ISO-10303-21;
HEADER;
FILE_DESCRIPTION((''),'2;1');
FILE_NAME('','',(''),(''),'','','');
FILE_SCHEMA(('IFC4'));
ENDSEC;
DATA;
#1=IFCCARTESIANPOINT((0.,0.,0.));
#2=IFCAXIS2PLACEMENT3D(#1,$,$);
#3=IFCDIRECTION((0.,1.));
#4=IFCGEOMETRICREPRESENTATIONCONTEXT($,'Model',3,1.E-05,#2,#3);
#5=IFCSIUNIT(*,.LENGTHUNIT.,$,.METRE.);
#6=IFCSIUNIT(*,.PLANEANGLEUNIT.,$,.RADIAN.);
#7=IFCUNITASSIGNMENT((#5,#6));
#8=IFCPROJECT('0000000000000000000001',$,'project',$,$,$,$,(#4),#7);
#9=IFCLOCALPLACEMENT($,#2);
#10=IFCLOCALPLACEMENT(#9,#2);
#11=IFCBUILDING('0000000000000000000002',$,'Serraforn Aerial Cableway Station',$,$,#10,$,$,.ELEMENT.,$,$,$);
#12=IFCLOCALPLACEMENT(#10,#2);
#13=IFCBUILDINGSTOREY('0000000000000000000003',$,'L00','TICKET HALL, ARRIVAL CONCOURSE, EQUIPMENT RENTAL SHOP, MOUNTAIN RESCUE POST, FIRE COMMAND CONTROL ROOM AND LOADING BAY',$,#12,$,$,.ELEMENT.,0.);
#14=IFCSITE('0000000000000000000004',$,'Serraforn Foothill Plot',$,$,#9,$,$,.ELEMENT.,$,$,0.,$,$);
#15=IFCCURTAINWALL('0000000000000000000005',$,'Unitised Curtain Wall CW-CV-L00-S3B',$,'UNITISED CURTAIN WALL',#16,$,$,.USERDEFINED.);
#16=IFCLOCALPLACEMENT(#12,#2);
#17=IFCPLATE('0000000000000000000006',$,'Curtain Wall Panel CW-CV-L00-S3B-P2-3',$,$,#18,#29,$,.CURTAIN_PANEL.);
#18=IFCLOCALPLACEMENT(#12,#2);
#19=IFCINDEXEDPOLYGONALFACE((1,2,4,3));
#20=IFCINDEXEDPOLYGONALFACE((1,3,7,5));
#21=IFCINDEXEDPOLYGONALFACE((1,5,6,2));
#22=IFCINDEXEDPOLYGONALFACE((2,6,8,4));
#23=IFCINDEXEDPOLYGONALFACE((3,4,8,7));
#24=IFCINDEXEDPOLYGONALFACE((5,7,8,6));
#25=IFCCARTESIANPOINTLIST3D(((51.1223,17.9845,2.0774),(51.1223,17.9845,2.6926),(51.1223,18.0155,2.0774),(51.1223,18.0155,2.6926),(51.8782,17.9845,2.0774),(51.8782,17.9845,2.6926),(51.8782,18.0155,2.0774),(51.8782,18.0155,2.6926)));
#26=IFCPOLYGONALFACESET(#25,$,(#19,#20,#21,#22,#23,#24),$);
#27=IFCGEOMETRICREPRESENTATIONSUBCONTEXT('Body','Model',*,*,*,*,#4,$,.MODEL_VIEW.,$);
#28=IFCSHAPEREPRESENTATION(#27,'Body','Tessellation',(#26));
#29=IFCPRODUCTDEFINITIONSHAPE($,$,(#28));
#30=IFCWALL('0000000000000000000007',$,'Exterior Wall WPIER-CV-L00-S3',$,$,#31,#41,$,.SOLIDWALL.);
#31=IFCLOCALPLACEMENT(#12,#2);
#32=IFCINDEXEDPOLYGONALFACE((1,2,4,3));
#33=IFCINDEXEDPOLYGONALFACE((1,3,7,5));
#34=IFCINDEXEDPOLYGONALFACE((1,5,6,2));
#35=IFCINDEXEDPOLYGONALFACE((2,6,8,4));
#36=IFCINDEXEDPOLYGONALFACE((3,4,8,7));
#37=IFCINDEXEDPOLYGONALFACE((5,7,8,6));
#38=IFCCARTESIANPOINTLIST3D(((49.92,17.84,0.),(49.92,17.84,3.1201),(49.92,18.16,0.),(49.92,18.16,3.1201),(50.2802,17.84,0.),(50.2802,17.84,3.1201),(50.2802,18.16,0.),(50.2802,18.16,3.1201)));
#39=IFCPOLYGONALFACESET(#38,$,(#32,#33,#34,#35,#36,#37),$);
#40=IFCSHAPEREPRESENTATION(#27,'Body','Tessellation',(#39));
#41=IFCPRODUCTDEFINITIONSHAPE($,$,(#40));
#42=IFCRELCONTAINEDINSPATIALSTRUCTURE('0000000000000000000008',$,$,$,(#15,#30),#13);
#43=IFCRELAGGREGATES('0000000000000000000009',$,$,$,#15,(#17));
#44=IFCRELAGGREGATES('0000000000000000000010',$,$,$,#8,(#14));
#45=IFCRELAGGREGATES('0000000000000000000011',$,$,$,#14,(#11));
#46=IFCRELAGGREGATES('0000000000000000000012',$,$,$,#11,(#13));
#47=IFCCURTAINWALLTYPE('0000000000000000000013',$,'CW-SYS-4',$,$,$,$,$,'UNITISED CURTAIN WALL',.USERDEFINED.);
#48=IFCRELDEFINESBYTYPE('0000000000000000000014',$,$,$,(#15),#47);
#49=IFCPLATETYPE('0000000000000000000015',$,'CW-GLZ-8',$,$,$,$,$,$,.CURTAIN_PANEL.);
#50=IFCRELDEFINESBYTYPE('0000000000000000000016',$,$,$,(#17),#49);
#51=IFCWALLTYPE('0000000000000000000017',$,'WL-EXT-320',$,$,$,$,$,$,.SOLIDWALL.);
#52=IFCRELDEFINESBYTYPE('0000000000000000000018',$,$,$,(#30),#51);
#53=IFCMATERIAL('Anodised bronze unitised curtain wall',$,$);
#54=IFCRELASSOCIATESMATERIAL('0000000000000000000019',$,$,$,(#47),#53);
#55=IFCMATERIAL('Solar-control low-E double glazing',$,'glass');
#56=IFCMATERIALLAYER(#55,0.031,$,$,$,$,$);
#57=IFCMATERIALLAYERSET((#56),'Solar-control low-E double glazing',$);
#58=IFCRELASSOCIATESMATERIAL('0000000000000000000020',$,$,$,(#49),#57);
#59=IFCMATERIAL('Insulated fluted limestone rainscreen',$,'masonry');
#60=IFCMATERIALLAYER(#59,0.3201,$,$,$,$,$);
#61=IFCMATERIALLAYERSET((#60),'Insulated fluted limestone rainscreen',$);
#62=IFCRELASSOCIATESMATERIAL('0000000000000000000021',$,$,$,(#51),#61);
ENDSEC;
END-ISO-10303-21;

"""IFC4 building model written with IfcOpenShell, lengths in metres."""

from ifc_helpers import new_model, si_unit, direction, frame, frame_2d, origin, origin_2d, place, context, subcontext, project, spatial, rectangle, extrude, material, layer, layer_set, type_object, element, aggregate, save


model = new_model("IFC4")

# Units and contexts
model_context = context("Model", 3, precision=1e-05, world=origin(), true_north=direction((0.0, 1.0)))
body_context = subcontext(model_context, "Body", "Model", "MODEL_VIEW")
ifc_project = project(units=[si_unit("LENGTHUNIT", "METRE"), si_unit("PLANEANGLEUNIT", "RADIAN")], contexts=[model_context])

# Site, building, storey
site_placement = place(None, origin())
site = spatial("IfcSite", under=ifc_project, at=site_placement, Name="Serraforn Foothill Plot", CompositionType="ELEMENT", RefElevation=0.0)
building_placement = place(site_placement, origin())
building = spatial("IfcBuilding", under=site, at=building_placement, Name="Serraforn Aerial Cableway Station", CompositionType="ELEMENT")
storey_placement = place(building_placement, origin())
storey = spatial("IfcBuildingStorey", under=building, at=storey_placement, Name="L00", Description="TICKET HALL, ARRIVAL CONCOURSE, EQUIPMENT RENTAL SHOP, MOUNTAIN RESCUE POST, FIRE COMMAND CONTROL ROOM AND LOADING BAY", CompositionType="ELEMENT", Elevation=0.0)

# Shared definitions
ifc_material_1 = material(Name="Anodised bronze unitised curtain wall")

# Curtain wall
curtain_wall_type_1 = type_object("IfcCurtainWallType", Name="CW-SYS-4", ElementType="UNITISED CURTAIN WALL", PredefinedType="USERDEFINED", material=ifc_material_1)
curtain_wall_1_placement = place(storey_placement, origin())
curtain_wall_1 = element("IfcCurtainWall", 1, at=curtain_wall_1_placement, inside=storey, type_object=curtain_wall_type_1, Name="Unitised Curtain Wall CW-CV-L00-S3B", ObjectType="UNITISED CURTAIN WALL", PredefinedType="USERDEFINED")

# Plate
ifc_material_2 = material(Name="Solar-control low-E double glazing", Category="glass")
ifc_layer_1 = layer(ifc_material_2, 0.031)
ifc_layer_set_1 = layer_set([ifc_layer_1], Name="Solar-control low-E double glazing")
plate_type_1 = type_object("IfcPlateType", Name="CW-GLZ-8", PredefinedType="CURTAIN_PANEL", material=ifc_layer_set_1)
plate_1_placement = place(storey_placement, frame((51.5002, 18.0, 2.0774), z_axis=(0.0, 0.0, 1.0), x_axis=(1.0, 0.0, 0.0)))
plate_1 = element("IfcPlate", 2, at=plate_1_placement, type_object=plate_type_1, Name="Curtain Wall Panel CW-CV-L00-S3B-P2-3", PredefinedType="CURTAIN_PANEL", context=body_context, shape_type="SweptSolid", body=[
    extrude(rectangle(XDim=0.7559, YDim=0.031, at=origin_2d()), origin(), (0.0, 0.0, 1.0), 0.6152),
])
aggregate(curtain_wall_1, [plate_1])

# Wall
ifc_material_3 = material(Name="Insulated fluted limestone rainscreen", Category="masonry")
ifc_layer_2 = layer(ifc_material_3, 0.3201)
ifc_layer_set_2 = layer_set([ifc_layer_2], Name="Insulated fluted limestone rainscreen")
wall_type = type_object("IfcWallType", Name="WL-EXT-320", PredefinedType="SOLIDWALL", material=ifc_layer_set_2)
wall_placement = place(storey_placement, frame((49.9199, 18.0, 0.0), z_axis=(0.0, 0.0, 1.0), x_axis=(1.0, 0.0, 0.0)))
element("IfcWall", 3, at=wall_placement, inside=storey, type_object=wall_type, Name="Exterior Wall WPIER-CV-L00-S3", PredefinedType="SOLIDWALL", context=body_context, shape_type="SweptSolid", body=[
    extrude(rectangle(XDim=0.3601, YDim=0.3201, at=frame_2d((0.1802, 0.0))), origin(), (0.0, 0.0, 1.0), 3.1201),
])

save(model, "model.ifc")
